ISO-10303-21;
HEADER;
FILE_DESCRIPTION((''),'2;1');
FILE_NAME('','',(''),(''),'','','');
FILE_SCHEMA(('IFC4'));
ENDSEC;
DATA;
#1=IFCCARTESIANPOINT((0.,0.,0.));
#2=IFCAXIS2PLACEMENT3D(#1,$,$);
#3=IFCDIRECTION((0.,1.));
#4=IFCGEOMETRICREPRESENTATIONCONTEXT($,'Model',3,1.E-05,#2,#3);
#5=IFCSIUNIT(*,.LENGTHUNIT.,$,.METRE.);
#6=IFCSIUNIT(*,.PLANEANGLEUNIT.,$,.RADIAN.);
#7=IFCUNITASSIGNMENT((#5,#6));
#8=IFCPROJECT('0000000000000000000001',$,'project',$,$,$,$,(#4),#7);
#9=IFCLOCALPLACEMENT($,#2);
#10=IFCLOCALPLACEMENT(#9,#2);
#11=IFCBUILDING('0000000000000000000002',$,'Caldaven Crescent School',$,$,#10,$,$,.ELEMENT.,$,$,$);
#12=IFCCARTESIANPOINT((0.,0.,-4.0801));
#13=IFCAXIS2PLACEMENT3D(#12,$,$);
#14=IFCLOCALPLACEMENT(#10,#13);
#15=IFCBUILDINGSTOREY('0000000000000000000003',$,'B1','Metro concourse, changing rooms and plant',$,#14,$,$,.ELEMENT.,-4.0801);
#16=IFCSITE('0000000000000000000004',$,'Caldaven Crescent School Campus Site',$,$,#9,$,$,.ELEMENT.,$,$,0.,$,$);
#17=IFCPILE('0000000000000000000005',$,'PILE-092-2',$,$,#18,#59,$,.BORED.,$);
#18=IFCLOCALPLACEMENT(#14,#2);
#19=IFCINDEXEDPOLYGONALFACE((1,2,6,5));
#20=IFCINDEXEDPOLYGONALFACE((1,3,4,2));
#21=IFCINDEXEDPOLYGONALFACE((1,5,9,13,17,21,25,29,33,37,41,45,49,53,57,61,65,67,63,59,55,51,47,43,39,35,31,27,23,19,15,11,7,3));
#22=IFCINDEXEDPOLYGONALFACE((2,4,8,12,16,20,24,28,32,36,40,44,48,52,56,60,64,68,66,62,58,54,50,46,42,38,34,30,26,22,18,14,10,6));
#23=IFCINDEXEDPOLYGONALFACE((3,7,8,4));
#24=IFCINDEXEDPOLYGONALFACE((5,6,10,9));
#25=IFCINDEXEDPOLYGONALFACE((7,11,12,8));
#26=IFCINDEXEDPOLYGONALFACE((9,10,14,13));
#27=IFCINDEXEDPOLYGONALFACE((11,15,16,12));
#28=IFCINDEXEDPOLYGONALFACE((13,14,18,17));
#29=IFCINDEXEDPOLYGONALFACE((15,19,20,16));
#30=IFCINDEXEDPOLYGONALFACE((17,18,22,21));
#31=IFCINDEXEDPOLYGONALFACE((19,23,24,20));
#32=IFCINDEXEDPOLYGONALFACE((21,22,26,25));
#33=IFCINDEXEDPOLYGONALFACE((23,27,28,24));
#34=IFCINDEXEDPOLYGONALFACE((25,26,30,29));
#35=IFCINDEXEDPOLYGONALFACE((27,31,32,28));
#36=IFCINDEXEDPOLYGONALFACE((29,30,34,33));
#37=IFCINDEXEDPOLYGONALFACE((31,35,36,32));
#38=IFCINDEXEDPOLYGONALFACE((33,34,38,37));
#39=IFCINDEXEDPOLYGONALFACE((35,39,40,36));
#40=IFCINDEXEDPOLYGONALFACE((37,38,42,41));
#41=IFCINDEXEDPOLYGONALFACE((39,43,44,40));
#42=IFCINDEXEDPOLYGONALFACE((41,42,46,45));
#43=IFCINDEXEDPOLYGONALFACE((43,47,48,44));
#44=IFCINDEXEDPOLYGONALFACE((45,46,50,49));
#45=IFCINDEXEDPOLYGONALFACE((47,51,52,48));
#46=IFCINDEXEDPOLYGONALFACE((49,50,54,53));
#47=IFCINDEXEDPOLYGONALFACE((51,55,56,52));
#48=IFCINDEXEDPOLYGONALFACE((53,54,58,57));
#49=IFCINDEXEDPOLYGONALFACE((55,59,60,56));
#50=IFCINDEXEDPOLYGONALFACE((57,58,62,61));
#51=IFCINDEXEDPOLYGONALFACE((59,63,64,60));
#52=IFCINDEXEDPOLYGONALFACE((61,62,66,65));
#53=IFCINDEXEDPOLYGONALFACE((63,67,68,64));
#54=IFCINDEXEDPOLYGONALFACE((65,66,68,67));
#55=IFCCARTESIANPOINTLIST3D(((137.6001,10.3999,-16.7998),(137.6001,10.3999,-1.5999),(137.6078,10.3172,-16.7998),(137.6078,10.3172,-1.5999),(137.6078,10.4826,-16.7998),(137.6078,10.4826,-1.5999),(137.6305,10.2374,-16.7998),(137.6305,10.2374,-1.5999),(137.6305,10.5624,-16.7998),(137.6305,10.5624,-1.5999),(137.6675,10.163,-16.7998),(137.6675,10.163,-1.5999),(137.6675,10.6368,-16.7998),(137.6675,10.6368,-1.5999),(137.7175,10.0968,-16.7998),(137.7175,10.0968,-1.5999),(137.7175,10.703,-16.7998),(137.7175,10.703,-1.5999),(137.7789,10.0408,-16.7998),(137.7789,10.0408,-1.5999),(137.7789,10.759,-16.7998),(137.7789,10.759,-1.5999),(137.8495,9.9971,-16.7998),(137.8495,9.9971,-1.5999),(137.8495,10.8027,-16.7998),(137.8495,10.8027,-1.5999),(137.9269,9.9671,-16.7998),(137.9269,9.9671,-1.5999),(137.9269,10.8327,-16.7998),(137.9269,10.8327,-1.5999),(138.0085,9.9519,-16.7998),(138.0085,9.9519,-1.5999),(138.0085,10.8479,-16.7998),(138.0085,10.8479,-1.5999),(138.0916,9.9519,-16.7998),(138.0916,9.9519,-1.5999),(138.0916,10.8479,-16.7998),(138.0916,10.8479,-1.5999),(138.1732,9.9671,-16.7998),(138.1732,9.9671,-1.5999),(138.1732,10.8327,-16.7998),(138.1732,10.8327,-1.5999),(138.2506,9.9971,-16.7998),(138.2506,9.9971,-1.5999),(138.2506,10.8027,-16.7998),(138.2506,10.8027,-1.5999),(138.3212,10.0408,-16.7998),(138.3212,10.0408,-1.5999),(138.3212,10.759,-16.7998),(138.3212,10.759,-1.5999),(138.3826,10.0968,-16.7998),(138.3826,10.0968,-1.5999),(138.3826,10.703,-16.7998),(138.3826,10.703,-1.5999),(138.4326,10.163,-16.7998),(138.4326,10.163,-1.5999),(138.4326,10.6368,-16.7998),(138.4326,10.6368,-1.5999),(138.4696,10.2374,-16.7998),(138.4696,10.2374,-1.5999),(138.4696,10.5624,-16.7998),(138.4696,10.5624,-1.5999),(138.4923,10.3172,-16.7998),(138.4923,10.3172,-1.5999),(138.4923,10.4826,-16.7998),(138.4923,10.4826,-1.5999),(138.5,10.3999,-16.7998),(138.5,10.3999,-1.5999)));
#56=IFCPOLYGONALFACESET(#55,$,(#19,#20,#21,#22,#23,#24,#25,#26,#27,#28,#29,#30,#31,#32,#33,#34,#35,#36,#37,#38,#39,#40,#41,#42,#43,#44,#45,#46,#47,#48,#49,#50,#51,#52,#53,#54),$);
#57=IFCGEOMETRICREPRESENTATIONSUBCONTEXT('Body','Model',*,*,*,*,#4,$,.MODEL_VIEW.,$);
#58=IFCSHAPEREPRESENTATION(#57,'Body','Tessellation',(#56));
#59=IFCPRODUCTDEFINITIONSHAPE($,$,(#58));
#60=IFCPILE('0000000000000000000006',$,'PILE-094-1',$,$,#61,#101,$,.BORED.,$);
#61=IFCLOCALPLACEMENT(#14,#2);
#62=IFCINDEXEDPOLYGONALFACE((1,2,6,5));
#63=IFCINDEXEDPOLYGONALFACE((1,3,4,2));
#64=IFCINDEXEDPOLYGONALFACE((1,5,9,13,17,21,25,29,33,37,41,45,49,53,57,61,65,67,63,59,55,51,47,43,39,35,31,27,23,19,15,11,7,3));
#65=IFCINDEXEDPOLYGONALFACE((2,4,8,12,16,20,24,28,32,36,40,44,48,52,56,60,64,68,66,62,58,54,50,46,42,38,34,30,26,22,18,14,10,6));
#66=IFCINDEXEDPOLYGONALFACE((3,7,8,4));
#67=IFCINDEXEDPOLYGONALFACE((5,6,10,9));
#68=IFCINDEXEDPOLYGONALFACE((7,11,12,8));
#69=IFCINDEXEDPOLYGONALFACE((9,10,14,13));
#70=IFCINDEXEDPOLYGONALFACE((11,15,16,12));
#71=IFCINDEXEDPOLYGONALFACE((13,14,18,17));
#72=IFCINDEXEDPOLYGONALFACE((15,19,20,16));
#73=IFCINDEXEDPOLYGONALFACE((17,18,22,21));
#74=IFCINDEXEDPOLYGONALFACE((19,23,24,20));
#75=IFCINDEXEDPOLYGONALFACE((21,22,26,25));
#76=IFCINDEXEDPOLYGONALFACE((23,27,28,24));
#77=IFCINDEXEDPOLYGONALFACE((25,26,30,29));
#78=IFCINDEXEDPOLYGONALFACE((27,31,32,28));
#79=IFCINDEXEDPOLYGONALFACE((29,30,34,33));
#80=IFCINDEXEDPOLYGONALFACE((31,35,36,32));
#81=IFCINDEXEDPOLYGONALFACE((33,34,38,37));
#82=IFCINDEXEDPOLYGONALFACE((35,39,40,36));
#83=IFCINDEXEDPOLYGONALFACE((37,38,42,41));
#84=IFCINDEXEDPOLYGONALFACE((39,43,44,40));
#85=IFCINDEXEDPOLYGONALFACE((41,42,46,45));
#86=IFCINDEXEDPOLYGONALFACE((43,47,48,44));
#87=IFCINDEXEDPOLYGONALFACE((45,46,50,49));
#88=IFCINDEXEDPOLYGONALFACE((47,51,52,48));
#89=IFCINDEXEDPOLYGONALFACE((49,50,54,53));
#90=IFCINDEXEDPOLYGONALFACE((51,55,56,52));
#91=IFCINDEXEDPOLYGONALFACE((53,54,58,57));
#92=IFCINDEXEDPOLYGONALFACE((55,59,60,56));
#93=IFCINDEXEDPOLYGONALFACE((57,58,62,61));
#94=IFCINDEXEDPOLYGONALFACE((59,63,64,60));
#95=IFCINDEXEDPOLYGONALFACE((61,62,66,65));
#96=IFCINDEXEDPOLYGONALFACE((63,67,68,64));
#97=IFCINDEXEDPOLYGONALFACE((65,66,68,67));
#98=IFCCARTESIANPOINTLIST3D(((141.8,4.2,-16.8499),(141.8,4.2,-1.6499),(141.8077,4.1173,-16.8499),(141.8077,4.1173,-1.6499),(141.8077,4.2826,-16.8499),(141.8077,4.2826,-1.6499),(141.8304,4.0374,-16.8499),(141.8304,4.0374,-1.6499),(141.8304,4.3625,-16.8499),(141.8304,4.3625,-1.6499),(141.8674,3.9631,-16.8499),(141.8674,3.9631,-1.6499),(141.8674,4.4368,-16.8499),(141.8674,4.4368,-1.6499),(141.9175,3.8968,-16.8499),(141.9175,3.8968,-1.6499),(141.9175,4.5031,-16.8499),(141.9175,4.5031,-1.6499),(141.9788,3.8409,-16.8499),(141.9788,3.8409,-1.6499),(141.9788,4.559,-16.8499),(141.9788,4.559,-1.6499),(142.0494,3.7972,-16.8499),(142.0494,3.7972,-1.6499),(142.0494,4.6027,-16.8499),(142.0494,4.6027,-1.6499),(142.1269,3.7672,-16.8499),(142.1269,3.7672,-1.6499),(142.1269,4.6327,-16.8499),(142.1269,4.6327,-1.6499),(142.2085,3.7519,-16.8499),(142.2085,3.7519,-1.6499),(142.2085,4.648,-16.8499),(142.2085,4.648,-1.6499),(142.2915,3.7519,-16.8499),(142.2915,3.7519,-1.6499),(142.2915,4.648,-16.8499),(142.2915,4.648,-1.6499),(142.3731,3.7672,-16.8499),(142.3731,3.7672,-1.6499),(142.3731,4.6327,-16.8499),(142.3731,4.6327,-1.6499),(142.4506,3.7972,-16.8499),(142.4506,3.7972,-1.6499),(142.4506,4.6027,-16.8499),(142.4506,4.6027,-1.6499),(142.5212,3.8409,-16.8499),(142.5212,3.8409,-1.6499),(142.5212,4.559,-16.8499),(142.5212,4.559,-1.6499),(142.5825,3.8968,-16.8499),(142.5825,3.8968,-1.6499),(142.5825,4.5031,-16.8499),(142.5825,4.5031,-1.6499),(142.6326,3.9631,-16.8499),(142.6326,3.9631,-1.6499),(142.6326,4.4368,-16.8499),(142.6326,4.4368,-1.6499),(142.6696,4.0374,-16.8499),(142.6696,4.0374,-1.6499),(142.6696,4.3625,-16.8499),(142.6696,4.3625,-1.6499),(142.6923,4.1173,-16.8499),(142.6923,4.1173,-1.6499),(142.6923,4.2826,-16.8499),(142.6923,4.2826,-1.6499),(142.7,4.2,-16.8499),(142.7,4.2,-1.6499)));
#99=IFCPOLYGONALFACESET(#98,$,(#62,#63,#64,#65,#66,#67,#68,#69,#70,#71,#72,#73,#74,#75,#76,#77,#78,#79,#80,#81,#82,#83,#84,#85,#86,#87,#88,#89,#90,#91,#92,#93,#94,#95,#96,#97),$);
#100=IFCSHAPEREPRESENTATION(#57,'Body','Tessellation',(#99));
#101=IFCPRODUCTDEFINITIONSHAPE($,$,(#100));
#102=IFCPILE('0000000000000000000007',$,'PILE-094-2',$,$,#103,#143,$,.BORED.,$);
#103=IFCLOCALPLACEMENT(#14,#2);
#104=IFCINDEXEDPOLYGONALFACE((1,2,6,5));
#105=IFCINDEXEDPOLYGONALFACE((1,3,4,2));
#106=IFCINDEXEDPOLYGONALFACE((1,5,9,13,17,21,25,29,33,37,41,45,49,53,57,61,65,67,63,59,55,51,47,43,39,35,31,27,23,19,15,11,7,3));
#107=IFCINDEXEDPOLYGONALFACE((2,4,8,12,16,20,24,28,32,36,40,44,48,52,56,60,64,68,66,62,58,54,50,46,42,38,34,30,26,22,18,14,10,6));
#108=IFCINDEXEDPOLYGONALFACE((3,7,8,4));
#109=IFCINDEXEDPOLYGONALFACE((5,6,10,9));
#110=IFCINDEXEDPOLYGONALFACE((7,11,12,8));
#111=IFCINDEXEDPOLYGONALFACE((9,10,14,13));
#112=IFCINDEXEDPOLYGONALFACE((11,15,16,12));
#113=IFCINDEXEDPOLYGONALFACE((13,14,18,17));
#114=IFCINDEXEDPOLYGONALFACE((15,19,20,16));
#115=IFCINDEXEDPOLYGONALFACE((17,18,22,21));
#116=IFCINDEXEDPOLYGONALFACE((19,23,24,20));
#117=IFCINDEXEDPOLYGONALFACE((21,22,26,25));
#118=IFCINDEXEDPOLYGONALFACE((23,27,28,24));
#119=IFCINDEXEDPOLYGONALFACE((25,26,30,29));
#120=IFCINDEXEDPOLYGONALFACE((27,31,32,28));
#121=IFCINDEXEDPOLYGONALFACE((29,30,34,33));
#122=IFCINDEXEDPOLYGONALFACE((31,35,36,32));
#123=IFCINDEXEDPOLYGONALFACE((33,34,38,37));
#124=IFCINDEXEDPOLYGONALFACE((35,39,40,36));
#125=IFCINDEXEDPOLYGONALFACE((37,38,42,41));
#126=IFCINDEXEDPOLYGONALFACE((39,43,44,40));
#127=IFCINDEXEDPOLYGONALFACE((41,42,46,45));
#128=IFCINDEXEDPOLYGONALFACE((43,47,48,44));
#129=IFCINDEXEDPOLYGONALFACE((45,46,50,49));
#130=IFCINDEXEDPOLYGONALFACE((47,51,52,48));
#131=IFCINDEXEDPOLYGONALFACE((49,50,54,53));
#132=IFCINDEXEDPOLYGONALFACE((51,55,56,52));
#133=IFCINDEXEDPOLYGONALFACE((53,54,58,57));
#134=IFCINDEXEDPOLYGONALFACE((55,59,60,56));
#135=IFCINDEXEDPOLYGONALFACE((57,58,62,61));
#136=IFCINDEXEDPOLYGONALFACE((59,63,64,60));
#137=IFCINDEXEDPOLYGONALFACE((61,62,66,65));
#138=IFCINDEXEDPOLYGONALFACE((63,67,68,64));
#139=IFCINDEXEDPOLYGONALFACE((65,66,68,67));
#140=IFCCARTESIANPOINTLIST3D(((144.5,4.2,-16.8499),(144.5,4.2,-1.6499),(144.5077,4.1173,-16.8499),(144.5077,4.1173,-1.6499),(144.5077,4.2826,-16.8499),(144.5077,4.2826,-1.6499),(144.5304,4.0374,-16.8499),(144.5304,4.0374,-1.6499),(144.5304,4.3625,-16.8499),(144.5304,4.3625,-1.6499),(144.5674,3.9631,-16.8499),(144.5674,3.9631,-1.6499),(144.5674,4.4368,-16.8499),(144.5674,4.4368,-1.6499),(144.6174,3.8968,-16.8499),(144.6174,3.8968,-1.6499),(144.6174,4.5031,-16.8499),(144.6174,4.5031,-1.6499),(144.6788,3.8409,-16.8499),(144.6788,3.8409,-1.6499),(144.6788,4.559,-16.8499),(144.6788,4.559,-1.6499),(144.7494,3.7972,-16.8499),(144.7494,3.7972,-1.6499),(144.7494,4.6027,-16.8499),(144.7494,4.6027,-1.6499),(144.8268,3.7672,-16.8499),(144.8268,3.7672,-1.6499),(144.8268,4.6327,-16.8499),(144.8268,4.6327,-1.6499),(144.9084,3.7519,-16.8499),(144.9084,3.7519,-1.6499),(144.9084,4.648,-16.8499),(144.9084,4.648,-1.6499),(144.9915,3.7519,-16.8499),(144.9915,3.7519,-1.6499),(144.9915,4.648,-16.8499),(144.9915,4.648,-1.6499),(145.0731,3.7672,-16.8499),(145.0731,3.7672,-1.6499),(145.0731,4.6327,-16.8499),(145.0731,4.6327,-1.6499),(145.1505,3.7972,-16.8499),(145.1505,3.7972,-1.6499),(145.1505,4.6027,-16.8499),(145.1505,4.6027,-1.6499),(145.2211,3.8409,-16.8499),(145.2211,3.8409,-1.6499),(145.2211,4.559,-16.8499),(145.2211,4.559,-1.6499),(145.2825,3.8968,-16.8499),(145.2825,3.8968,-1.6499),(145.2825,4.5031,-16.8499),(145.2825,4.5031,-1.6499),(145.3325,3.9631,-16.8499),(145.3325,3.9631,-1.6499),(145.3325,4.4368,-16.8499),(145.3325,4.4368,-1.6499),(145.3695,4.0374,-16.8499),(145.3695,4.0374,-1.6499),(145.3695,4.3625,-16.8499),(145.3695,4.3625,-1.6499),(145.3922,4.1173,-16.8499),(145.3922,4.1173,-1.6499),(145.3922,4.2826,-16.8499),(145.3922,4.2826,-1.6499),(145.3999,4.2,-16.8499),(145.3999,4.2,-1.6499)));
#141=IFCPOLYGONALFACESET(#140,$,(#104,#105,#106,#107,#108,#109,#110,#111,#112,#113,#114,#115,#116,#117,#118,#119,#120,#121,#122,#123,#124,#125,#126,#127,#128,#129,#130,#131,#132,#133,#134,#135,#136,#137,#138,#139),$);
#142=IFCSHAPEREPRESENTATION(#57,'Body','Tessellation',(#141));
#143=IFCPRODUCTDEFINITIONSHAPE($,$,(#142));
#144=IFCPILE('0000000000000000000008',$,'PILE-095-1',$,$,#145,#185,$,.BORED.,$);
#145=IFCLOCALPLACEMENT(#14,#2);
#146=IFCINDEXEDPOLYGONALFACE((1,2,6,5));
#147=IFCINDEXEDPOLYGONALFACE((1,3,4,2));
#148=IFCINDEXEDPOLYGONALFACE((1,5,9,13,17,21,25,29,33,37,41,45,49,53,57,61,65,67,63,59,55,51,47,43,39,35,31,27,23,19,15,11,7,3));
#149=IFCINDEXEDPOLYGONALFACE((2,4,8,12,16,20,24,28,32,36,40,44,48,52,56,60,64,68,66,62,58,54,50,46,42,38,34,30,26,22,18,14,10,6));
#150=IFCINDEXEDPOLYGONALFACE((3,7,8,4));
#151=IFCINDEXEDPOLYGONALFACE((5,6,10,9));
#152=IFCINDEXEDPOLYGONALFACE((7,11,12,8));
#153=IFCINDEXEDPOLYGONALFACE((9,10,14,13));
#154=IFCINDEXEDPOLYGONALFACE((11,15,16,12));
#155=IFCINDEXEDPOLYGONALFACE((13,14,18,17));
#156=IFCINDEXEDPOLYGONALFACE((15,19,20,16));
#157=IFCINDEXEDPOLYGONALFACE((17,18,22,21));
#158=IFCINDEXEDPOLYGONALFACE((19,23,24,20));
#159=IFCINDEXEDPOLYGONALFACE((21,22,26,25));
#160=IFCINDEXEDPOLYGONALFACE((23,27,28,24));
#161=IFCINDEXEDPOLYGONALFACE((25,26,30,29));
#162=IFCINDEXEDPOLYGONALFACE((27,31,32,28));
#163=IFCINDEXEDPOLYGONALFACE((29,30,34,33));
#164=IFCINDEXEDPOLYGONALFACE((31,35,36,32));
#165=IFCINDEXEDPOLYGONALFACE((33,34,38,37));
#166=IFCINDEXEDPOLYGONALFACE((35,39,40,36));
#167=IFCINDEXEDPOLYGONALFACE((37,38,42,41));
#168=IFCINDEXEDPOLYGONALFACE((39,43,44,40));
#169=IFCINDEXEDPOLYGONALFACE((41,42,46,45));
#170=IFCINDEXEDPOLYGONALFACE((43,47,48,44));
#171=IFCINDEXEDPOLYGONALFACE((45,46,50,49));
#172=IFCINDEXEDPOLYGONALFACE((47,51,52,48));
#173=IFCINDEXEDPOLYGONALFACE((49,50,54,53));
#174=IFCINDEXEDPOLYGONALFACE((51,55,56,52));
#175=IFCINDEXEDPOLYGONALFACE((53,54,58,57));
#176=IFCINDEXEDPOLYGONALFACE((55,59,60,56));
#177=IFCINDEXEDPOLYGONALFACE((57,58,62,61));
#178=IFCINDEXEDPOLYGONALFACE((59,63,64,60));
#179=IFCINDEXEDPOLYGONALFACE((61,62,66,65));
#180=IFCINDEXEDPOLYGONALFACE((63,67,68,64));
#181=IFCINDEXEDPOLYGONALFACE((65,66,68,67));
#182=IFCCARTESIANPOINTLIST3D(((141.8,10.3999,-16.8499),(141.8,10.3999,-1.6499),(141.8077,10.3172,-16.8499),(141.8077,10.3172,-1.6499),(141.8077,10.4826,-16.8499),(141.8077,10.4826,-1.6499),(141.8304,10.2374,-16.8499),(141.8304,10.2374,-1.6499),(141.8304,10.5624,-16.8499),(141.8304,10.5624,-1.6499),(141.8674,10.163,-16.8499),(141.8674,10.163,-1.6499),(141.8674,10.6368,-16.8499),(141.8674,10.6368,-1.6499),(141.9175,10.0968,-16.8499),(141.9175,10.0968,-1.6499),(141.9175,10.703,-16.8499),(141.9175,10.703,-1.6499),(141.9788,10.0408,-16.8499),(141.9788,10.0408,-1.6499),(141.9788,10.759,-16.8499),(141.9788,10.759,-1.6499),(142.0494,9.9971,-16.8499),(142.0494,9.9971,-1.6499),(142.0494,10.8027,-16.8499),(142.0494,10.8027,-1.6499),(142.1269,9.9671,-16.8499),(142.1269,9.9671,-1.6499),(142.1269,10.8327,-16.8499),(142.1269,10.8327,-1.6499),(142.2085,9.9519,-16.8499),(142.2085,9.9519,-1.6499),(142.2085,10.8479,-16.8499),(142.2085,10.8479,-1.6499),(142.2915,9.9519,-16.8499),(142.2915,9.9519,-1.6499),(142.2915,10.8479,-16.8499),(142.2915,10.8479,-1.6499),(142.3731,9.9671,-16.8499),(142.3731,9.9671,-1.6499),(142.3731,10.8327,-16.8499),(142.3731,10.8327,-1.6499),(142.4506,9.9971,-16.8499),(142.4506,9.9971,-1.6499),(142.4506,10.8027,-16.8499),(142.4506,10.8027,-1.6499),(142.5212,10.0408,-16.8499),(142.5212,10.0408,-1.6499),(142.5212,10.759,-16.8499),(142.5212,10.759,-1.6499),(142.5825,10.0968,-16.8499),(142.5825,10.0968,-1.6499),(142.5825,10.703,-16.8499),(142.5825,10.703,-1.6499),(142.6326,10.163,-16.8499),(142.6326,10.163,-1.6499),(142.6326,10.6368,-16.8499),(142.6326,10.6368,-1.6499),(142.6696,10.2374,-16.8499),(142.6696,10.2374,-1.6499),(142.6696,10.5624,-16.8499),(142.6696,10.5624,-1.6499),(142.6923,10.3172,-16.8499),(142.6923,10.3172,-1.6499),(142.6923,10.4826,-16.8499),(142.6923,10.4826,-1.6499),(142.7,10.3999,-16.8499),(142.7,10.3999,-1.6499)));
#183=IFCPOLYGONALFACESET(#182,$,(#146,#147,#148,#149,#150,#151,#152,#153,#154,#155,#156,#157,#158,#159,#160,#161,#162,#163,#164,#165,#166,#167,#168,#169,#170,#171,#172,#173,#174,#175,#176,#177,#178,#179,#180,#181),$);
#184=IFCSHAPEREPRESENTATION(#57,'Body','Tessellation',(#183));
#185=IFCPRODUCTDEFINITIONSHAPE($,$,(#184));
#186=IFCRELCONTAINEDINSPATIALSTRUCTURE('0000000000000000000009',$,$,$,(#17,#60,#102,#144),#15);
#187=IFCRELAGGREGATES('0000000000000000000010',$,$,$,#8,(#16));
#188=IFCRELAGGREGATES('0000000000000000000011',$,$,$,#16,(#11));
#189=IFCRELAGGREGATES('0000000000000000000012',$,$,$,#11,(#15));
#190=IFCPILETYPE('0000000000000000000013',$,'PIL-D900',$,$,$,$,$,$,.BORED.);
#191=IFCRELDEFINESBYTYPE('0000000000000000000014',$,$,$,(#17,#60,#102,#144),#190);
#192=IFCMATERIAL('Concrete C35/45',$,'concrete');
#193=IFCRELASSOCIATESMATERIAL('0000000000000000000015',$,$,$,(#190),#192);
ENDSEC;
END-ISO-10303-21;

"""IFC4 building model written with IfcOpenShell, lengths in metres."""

from ifc_helpers import new_model, si_unit, direction, frame, origin, origin_2d, place, context, subcontext, project, spatial, circle, extrude, material, material_profile, profile_set, type_object, element, save


model = new_model("IFC4")

# Units and contexts
model_context = context("Model", 3, precision=1e-05, world=origin(), true_north=direction((0.0, 1.0)))
body_context = subcontext(model_context, "Body", "Model", "MODEL_VIEW")
ifc_project = project(units=[si_unit("LENGTHUNIT", "METRE"), si_unit("PLANEANGLEUNIT", "RADIAN")], contexts=[model_context])

# Site, building, storey
site_placement = place(None, origin())
site = spatial("IfcSite", under=ifc_project, at=site_placement, Name="Caldaven Crescent School Campus Site", CompositionType="ELEMENT", RefElevation=0.0)
building_placement = place(site_placement, origin())
building = spatial("IfcBuilding", under=site, at=building_placement, Name="Caldaven Crescent School", CompositionType="ELEMENT")
storey_placement = place(building_placement, frame((0.0, 0.0, -4.0801)))
storey = spatial("IfcBuildingStorey", under=building, at=storey_placement, Name="B1", Description="Metro concourse, changing rooms and plant", CompositionType="ELEMENT", Elevation=-4.0801)

# Shared definitions
ifc_material_1 = material(Name="Concrete C35/45", Category="concrete")

# Piles
ifc_material_profile_1 = material_profile(ifc_material_1, circle(Radius=0.45, at=origin_2d()), Name="PILE D900")
ifc_profile_set_1 = profile_set([ifc_material_profile_1], Name="Concrete C35/45")
pile_type = type_object("IfcPileType", Name="PIL-D900", PredefinedType="BORED", material=ifc_profile_set_1)
for number, where, z_axis, x_axis, name in (
    (1, (138.05, 10.3999, -1.5999), (0.0, 0.0, -1.0), (1.0, 0.0, 0.0), "PILE-092-2"),
    (2, (142.25, 4.2, -1.6499), (0.0, 0.0, -1.0), (1.0, 0.0, 0.0), "PILE-094-1"),
    (3, (144.95, 4.2, -1.6499), (0.0, 0.0, -1.0), (1.0, 0.0, 0.0), "PILE-094-2"),
    (4, (142.25, 10.3999, -1.6499), (0.0, 0.0, -1.0), (1.0, 0.0, 0.0), "PILE-095-1"),
):
    element("IfcPile", number, at=place(storey_placement, frame(where, z_axis=z_axis, x_axis=x_axis)), inside=storey, type_object=pile_type, Name=name, PredefinedType="BORED", context=body_context, shape_type="SweptSolid", body=[
        extrude(circle(Radius=0.45, at=origin_2d()), origin(), (0.0, 0.0, 1.0), 15.2),
    ])

save(model, "model.ifc")
